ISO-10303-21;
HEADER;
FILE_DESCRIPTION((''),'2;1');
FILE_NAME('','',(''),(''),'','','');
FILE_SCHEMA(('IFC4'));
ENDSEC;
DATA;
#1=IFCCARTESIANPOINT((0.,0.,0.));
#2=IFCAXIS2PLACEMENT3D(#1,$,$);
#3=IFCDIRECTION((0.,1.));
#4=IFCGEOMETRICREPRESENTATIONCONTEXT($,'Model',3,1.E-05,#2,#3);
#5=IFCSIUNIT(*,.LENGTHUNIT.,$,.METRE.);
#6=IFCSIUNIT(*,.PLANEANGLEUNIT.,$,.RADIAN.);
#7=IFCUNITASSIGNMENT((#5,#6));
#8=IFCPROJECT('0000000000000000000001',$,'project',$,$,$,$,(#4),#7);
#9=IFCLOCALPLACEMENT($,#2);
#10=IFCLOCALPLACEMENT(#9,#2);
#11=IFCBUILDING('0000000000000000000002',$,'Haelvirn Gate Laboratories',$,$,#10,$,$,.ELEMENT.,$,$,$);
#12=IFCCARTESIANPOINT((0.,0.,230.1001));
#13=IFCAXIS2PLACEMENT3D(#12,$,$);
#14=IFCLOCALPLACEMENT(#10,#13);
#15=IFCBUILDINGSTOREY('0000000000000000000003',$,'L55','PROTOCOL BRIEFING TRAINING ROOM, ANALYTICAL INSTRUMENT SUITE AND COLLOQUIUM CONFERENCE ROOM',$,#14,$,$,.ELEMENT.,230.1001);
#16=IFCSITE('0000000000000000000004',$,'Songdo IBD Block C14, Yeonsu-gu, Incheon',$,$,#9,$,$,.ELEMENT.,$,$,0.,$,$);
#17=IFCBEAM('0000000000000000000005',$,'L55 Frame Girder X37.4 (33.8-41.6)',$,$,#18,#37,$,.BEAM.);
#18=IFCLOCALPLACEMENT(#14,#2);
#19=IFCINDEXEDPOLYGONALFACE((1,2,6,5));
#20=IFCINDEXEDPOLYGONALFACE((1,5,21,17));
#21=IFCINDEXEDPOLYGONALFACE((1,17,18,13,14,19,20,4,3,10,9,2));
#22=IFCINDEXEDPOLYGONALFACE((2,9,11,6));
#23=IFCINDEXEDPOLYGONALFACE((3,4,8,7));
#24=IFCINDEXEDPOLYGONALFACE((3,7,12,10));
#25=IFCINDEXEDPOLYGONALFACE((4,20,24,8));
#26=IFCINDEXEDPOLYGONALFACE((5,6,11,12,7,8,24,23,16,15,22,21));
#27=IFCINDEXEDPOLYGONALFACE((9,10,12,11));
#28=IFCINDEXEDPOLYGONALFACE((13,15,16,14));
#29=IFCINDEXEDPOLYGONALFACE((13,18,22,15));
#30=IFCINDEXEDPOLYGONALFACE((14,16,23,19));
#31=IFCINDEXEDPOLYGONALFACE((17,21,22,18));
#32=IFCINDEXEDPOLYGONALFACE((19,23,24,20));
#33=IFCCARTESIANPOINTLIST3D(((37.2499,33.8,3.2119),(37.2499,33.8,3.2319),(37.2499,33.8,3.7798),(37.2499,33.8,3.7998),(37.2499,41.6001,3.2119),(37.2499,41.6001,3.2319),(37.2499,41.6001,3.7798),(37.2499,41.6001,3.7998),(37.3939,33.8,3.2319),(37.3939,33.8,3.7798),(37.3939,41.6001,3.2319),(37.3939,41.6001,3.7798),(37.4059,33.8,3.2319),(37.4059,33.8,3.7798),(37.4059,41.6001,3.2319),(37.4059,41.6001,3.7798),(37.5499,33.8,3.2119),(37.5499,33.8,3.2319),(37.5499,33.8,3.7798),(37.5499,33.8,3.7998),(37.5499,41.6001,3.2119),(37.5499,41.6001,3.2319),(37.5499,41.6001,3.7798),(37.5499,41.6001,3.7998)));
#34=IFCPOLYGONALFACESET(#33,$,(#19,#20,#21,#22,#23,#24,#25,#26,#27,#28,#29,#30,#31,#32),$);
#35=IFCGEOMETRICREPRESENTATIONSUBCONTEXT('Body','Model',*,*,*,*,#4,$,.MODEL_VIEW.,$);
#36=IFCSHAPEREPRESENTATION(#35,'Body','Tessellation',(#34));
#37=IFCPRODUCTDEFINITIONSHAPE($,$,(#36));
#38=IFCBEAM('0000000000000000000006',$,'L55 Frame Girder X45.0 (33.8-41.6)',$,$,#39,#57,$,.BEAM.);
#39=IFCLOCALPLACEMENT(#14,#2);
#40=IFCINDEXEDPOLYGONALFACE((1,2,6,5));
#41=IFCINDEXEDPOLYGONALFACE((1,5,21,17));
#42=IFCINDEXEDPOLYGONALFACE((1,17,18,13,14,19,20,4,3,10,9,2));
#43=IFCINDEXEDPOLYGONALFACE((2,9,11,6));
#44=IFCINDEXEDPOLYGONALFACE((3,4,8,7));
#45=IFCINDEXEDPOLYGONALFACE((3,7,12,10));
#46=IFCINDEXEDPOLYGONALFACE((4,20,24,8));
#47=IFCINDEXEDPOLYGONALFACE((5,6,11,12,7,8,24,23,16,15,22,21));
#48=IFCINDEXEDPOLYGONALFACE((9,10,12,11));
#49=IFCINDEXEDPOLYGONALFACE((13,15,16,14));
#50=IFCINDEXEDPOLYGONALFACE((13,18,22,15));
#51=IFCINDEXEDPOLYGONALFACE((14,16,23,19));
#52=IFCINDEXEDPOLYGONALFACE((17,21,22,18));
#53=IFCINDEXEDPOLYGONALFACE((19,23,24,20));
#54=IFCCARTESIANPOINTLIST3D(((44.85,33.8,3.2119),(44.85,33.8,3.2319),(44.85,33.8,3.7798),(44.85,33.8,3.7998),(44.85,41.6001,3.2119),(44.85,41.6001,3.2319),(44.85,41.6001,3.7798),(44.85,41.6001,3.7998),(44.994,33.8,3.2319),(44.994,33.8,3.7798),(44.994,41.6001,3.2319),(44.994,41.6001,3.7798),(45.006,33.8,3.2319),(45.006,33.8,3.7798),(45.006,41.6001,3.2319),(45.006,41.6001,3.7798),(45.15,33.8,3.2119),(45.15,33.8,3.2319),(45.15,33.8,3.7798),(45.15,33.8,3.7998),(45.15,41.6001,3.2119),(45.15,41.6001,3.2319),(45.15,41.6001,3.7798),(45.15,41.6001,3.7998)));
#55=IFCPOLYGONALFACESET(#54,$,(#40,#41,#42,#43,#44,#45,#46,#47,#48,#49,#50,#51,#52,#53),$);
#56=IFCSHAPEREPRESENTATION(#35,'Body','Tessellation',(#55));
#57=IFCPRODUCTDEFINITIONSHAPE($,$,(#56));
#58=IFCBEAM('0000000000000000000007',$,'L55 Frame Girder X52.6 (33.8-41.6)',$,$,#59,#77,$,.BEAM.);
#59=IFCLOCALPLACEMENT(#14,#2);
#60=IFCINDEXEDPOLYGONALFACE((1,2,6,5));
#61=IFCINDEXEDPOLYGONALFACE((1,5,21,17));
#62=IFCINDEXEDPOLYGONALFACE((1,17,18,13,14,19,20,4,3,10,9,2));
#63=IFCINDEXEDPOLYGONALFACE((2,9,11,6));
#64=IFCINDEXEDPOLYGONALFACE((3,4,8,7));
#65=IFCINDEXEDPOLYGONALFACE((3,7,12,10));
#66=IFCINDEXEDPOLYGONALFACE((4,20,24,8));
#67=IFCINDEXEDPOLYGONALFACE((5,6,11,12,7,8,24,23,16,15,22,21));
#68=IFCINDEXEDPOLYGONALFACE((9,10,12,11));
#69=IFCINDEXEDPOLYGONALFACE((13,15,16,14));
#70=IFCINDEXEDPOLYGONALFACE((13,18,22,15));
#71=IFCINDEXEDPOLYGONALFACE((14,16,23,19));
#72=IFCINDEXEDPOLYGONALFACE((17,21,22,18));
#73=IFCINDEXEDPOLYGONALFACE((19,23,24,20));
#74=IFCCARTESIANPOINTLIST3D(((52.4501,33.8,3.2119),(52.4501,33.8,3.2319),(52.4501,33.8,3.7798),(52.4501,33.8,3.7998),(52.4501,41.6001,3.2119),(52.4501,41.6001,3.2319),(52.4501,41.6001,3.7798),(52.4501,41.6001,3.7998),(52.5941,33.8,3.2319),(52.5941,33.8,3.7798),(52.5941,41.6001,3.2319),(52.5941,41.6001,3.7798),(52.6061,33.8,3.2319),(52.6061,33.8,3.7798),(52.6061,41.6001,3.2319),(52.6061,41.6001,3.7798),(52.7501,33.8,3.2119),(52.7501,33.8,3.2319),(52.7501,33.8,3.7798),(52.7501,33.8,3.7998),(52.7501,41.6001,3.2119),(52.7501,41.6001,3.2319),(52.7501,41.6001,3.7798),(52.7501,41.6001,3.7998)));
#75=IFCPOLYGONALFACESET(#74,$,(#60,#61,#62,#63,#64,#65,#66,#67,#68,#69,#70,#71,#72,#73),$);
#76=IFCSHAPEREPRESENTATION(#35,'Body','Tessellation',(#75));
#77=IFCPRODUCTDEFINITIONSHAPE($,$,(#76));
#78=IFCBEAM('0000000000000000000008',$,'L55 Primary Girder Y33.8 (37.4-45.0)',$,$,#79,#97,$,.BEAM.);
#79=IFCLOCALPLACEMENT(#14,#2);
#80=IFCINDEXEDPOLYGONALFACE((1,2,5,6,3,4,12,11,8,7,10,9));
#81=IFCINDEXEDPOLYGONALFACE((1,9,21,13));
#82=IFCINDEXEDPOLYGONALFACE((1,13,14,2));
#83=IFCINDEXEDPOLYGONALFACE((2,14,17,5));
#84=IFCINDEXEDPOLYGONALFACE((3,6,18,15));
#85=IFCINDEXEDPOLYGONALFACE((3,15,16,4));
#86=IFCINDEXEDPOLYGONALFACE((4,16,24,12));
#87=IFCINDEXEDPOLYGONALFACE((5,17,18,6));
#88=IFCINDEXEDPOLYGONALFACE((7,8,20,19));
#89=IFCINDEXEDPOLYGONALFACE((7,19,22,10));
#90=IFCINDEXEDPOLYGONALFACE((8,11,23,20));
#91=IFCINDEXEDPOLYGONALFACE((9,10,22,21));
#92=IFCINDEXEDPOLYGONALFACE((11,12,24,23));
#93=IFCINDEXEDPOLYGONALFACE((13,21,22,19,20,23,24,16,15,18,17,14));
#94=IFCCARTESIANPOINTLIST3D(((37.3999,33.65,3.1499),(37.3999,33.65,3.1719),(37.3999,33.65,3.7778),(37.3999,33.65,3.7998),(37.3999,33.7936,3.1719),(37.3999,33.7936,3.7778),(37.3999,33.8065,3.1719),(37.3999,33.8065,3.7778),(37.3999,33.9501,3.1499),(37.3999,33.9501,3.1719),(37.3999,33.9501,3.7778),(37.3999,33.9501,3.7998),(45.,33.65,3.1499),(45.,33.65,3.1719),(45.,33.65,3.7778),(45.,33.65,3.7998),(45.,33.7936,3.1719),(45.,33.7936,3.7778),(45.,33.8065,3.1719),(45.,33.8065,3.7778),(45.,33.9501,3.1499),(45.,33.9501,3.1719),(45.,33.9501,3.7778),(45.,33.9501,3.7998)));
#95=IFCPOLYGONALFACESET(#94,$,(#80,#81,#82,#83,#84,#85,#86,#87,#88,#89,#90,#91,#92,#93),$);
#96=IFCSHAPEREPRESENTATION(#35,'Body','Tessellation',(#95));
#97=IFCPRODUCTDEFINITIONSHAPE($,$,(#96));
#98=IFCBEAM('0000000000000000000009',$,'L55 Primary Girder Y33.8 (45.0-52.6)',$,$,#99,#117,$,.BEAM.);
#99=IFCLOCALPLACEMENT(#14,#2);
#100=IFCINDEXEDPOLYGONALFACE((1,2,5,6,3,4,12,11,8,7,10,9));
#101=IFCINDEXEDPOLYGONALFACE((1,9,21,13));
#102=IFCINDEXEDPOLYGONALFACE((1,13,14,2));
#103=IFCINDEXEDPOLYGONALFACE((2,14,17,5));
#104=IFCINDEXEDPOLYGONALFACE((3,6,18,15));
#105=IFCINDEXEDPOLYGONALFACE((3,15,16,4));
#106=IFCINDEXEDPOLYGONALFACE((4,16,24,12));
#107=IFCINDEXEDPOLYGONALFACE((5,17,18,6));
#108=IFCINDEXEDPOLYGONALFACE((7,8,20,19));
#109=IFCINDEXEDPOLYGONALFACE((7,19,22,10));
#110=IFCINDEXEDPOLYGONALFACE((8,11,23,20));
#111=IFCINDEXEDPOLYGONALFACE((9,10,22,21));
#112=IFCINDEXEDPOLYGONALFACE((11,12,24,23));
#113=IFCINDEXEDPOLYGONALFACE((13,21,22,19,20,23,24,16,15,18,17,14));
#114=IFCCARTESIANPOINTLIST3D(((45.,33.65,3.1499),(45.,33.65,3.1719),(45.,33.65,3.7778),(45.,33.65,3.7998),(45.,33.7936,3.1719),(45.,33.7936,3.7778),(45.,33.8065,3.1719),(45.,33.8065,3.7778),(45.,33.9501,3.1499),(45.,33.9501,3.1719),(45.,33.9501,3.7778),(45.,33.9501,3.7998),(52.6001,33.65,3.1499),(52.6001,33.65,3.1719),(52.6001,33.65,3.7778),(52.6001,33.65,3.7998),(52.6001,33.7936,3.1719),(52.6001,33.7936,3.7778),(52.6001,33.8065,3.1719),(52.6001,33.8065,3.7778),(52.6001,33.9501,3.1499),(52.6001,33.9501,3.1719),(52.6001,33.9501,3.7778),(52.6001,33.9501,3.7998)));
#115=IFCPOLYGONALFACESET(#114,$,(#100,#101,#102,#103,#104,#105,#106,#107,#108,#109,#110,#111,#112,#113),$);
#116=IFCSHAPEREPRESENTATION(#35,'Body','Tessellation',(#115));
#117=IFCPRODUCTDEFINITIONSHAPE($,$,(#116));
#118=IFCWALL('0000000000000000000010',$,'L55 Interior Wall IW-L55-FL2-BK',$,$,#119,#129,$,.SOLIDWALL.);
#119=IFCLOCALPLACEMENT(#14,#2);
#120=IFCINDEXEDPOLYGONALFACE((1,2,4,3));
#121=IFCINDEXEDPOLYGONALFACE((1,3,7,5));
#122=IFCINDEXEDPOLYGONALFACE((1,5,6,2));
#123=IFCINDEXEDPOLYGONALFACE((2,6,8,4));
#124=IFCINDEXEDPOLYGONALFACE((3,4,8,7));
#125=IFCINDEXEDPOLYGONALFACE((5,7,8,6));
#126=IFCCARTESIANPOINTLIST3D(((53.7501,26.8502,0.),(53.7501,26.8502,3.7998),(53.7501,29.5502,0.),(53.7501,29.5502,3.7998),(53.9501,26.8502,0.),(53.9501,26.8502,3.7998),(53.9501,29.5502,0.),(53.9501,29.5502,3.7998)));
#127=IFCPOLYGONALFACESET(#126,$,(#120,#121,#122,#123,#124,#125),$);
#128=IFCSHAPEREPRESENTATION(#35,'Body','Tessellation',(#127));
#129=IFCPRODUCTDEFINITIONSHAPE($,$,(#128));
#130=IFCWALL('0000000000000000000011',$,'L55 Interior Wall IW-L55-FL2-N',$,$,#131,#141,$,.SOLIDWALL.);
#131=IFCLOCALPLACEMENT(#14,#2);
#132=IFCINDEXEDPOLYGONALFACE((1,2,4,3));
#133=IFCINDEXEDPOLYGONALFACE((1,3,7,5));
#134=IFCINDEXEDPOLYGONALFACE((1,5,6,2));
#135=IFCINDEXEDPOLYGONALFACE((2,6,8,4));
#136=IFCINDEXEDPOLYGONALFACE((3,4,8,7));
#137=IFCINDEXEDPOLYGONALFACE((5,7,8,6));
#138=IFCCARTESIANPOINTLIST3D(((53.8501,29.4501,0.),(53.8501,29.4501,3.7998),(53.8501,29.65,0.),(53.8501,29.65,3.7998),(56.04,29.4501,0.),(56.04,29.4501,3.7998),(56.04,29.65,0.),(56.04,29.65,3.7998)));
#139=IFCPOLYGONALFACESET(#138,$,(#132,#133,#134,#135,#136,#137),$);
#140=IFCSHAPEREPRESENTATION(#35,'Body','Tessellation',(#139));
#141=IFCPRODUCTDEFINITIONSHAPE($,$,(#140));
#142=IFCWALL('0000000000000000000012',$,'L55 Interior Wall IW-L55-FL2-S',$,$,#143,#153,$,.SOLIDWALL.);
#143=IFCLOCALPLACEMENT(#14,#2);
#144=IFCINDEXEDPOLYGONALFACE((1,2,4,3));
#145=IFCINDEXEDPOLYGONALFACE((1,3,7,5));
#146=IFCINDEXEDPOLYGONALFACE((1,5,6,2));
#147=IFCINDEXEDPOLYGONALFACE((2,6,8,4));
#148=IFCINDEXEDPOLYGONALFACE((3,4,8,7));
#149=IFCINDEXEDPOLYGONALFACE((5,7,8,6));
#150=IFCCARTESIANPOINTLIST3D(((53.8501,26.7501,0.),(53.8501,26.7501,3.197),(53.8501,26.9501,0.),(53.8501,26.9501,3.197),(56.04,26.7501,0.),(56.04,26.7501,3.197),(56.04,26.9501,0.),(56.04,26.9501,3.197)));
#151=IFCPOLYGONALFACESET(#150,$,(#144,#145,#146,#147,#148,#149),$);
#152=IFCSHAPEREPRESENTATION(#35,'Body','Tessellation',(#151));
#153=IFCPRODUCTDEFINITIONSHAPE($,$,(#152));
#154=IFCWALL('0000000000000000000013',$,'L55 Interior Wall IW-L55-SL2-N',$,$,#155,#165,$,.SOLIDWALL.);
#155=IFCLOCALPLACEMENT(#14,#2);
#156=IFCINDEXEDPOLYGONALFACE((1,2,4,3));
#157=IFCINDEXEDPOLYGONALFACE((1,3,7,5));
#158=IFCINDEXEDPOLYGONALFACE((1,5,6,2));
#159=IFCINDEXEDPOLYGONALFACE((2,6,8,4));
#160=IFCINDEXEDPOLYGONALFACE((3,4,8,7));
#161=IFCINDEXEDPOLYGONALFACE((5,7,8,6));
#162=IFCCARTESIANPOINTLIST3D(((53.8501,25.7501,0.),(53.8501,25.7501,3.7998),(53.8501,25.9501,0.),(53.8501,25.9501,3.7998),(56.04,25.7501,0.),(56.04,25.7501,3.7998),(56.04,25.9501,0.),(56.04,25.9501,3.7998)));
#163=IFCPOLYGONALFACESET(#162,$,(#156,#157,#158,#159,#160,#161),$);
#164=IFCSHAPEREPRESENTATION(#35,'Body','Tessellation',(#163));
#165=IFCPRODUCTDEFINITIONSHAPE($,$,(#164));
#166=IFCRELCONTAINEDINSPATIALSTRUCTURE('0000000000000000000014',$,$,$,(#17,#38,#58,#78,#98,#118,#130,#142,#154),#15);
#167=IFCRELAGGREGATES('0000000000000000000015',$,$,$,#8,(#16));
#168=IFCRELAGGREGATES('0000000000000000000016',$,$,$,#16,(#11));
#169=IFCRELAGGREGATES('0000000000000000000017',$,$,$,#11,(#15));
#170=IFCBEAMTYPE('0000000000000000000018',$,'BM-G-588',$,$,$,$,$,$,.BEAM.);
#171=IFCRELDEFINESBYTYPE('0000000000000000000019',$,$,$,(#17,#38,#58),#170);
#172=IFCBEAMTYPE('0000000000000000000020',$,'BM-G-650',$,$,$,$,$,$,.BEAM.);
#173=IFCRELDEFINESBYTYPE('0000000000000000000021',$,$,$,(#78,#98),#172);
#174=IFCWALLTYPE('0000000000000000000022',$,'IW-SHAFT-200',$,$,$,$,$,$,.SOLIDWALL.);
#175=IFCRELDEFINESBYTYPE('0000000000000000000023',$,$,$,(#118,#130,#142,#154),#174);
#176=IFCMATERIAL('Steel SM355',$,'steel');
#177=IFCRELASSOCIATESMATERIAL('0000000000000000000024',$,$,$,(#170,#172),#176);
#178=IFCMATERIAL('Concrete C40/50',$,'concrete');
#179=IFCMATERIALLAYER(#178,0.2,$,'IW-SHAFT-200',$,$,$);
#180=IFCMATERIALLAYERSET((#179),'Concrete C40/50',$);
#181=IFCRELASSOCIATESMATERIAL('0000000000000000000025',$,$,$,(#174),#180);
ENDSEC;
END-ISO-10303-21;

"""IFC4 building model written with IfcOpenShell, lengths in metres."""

from ifc_helpers import new_model, si_unit, direction, frame, frame_2d, origin, origin_2d, place, context, subcontext, project, spatial, rectangle, i_section, extrude, source, transform, mapped, material, layer, layer_set, material_profile, profile_set, type_object, type_shapes, element, save


model = new_model("IFC4")

# Units and contexts
model_context = context("Model", 3, precision=1e-05, world=origin(), true_north=direction((0.0, 1.0)))
body_context = subcontext(model_context, "Body", "Model", "MODEL_VIEW")
ifc_project = project(units=[si_unit("LENGTHUNIT", "METRE"), si_unit("PLANEANGLEUNIT", "RADIAN")], contexts=[model_context])

# Site, building, storey
site_placement = place(None, origin())
site = spatial("IfcSite", under=ifc_project, at=site_placement, Name="Songdo IBD Block C14, Yeonsu-gu, Incheon", CompositionType="ELEMENT", RefElevation=0.0)
building_placement = place(site_placement, origin())
building = spatial("IfcBuilding", under=site, at=building_placement, Name="Haelvirn Gate Laboratories", CompositionType="ELEMENT")
storey_placement = place(building_placement, frame((0.0, 0.0, 230.1001)))
storey = spatial("IfcBuildingStorey", under=building, at=storey_placement, Name="L55", Description="PROTOCOL BRIEFING TRAINING ROOM, ANALYTICAL INSTRUMENT SUITE AND COLLOQUIUM CONFERENCE ROOM", CompositionType="ELEMENT", Elevation=230.1001)

# Shared definitions
ifc_material_1 = material(Name="Steel SM355", Category="steel")

# Beams
ifc_material_profile_1 = material_profile(ifc_material_1, i_section(OverallWidth=0.3, OverallDepth=0.5879, WebThickness=0.012, FlangeThickness=0.02, at=origin_2d()), Name="H-588x300x12x20")
ifc_profile_set_1 = profile_set([ifc_material_profile_1], Name="Steel SM355")
beam_type_1 = type_object("IfcBeamType", Name="BM-G-588", PredefinedType="BEAM", material=ifc_profile_set_1)
shared_shape_1 = source(origin(), body_context, "Body", "SweptSolid", [
    extrude(i_section(OverallWidth=0.3, OverallDepth=0.5879, WebThickness=0.012, FlangeThickness=0.02, at=origin_2d()), origin(), (0.0, 0.0, 1.0), 7.8),
])
for number, where, z_axis, x_axis, name in (
    (1, (37.3999, 33.8, 3.5059), (0.0, 1.0, 0.0), (-1.0, 0.0, 0.0), "L55 Frame Girder X37.4 (33.8-41.6)"),
    (2, (45.0, 33.8, 3.5059), (0.0, 1.0, 0.0), (-1.0, 0.0, 0.0), "L55 Frame Girder X45.0 (33.8-41.6)"),
    (3, (52.6001, 33.8, 3.5059), (0.0, 1.0, 0.0), (-1.0, 0.0, 0.0), "L55 Frame Girder X52.6 (33.8-41.6)"),
):
    element("IfcBeam", number, at=place(storey_placement, frame(where, z_axis=z_axis, x_axis=x_axis)), inside=storey, type_object=beam_type_1, Name=name, PredefinedType="BEAM", context=body_context, shape_type="MappedRepresentation", body=[
        mapped(shared_shape_1, transform((0.0, 0.0, 0.0), scale=1.0)),
    ])
ifc_material_profile_2 = material_profile(ifc_material_1, i_section(OverallWidth=0.3, OverallDepth=0.6499, WebThickness=0.0129, FlangeThickness=0.022, at=origin_2d()), Name="H-650x300x13x22")
ifc_profile_set_2 = profile_set([ifc_material_profile_2], Name="Steel SM355")
beam_type_2 = type_object("IfcBeamType", Name="BM-G-650", PredefinedType="BEAM", material=ifc_profile_set_2)
shared_shape_2 = source(origin(), body_context, "Body", "SweptSolid", [
    extrude(i_section(OverallWidth=0.3, OverallDepth=0.6499, WebThickness=0.0129, FlangeThickness=0.022, at=origin_2d()), origin(), (0.0, 0.0, 1.0), 7.6001),
])
type_shapes(beam_type_2, [shared_shape_2])
for number, where, z_axis, x_axis, name in (
    (4, (37.3999, 33.8, 3.4749), (1.0, 0.0, 0.0), (0.0, 1.0, 0.0), "L55 Primary Girder Y33.8 (37.4-45.0)"),
    (5, (45.0, 33.8, 3.4749), (1.0, 0.0, 0.0), (0.0, 1.0, 0.0), "L55 Primary Girder Y33.8 (45.0-52.6)"),
):
    element("IfcBeam", number, at=place(storey_placement, frame(where, z_axis=z_axis, x_axis=x_axis)), inside=storey, type_object=beam_type_2, Name=name, PredefinedType="BEAM", context=body_context, shape_type="MappedRepresentation", body=[
        mapped(shared_shape_2, transform((0.0, 0.0, 0.0), scale=1.0)),
    ])

# Walls
ifc_material_2 = material(Name="Concrete C40/50", Category="concrete")
ifc_layer_1 = layer(ifc_material_2, 0.2, Name="IW-SHAFT-200")
ifc_layer_set_1 = layer_set([ifc_layer_1], Name="Concrete C40/50")
wall_type_1 = type_object("IfcWallType", Name="IW-SHAFT-200", PredefinedType="SOLIDWALL", material=ifc_layer_set_1)
wall_1_placement = place(storey_placement, frame((53.8501, 26.8501, 0.0), z_axis=(0.0, 0.0, 1.0), x_axis=(0.0, 1.0, 0.0)))
element("IfcWall", 6, at=wall_1_placement, inside=storey, type_object=wall_type_1, Name="L55 Interior Wall IW-L55-FL2-BK", PredefinedType="SOLIDWALL", context=body_context, shape_type="SweptSolid", body=[
    extrude(rectangle(XDim=2.7, YDim=0.2, at=frame_2d((1.3501, 0.0))), origin(), (0.0, 0.0, 1.0), 3.7998),
])
wall_2_placement = place(storey_placement, frame((53.8501, 29.55, 0.0), z_axis=(0.0, 0.0, 1.0), x_axis=(1.0, 0.0, 0.0)))
element("IfcWall", 7, at=wall_2_placement, inside=storey, type_object=wall_type_1, Name="L55 Interior Wall IW-L55-FL2-N", PredefinedType="SOLIDWALL", context=body_context, shape_type="SweptSolid", body=[
    extrude(rectangle(XDim=2.1899, YDim=0.2, at=frame_2d((1.095, 0.0))), origin(), (0.0, 0.0, 1.0), 3.7998),
])
wall_3_placement = place(storey_placement, frame((53.8501, 26.8501, 0.0), z_axis=(0.0, 0.0, 1.0), x_axis=(1.0, 0.0, 0.0)))
element("IfcWall", 8, at=wall_3_placement, inside=storey, type_object=wall_type_1, Name="L55 Interior Wall IW-L55-FL2-S", PredefinedType="SOLIDWALL", context=body_context, shape_type="SweptSolid", body=[
    extrude(rectangle(XDim=2.1899, YDim=0.2, at=frame_2d((1.095, 0.0))), origin(), (0.0, 0.0, 1.0), 3.197),
])
wall_4_placement = place(storey_placement, frame((53.8501, 25.8501, 0.0), z_axis=(0.0, 0.0, 1.0), x_axis=(1.0, 0.0, 0.0)))
element("IfcWall", 9, at=wall_4_placement, inside=storey, type_object=wall_type_1, Name="L55 Interior Wall IW-L55-SL2-N", PredefinedType="SOLIDWALL", context=body_context, shape_type="SweptSolid", body=[
    extrude(rectangle(XDim=2.1899, YDim=0.2, at=frame_2d((1.095, 0.0))), origin(), (0.0, 0.0, 1.0), 3.7998),
])

save(model, "model.ifc")
